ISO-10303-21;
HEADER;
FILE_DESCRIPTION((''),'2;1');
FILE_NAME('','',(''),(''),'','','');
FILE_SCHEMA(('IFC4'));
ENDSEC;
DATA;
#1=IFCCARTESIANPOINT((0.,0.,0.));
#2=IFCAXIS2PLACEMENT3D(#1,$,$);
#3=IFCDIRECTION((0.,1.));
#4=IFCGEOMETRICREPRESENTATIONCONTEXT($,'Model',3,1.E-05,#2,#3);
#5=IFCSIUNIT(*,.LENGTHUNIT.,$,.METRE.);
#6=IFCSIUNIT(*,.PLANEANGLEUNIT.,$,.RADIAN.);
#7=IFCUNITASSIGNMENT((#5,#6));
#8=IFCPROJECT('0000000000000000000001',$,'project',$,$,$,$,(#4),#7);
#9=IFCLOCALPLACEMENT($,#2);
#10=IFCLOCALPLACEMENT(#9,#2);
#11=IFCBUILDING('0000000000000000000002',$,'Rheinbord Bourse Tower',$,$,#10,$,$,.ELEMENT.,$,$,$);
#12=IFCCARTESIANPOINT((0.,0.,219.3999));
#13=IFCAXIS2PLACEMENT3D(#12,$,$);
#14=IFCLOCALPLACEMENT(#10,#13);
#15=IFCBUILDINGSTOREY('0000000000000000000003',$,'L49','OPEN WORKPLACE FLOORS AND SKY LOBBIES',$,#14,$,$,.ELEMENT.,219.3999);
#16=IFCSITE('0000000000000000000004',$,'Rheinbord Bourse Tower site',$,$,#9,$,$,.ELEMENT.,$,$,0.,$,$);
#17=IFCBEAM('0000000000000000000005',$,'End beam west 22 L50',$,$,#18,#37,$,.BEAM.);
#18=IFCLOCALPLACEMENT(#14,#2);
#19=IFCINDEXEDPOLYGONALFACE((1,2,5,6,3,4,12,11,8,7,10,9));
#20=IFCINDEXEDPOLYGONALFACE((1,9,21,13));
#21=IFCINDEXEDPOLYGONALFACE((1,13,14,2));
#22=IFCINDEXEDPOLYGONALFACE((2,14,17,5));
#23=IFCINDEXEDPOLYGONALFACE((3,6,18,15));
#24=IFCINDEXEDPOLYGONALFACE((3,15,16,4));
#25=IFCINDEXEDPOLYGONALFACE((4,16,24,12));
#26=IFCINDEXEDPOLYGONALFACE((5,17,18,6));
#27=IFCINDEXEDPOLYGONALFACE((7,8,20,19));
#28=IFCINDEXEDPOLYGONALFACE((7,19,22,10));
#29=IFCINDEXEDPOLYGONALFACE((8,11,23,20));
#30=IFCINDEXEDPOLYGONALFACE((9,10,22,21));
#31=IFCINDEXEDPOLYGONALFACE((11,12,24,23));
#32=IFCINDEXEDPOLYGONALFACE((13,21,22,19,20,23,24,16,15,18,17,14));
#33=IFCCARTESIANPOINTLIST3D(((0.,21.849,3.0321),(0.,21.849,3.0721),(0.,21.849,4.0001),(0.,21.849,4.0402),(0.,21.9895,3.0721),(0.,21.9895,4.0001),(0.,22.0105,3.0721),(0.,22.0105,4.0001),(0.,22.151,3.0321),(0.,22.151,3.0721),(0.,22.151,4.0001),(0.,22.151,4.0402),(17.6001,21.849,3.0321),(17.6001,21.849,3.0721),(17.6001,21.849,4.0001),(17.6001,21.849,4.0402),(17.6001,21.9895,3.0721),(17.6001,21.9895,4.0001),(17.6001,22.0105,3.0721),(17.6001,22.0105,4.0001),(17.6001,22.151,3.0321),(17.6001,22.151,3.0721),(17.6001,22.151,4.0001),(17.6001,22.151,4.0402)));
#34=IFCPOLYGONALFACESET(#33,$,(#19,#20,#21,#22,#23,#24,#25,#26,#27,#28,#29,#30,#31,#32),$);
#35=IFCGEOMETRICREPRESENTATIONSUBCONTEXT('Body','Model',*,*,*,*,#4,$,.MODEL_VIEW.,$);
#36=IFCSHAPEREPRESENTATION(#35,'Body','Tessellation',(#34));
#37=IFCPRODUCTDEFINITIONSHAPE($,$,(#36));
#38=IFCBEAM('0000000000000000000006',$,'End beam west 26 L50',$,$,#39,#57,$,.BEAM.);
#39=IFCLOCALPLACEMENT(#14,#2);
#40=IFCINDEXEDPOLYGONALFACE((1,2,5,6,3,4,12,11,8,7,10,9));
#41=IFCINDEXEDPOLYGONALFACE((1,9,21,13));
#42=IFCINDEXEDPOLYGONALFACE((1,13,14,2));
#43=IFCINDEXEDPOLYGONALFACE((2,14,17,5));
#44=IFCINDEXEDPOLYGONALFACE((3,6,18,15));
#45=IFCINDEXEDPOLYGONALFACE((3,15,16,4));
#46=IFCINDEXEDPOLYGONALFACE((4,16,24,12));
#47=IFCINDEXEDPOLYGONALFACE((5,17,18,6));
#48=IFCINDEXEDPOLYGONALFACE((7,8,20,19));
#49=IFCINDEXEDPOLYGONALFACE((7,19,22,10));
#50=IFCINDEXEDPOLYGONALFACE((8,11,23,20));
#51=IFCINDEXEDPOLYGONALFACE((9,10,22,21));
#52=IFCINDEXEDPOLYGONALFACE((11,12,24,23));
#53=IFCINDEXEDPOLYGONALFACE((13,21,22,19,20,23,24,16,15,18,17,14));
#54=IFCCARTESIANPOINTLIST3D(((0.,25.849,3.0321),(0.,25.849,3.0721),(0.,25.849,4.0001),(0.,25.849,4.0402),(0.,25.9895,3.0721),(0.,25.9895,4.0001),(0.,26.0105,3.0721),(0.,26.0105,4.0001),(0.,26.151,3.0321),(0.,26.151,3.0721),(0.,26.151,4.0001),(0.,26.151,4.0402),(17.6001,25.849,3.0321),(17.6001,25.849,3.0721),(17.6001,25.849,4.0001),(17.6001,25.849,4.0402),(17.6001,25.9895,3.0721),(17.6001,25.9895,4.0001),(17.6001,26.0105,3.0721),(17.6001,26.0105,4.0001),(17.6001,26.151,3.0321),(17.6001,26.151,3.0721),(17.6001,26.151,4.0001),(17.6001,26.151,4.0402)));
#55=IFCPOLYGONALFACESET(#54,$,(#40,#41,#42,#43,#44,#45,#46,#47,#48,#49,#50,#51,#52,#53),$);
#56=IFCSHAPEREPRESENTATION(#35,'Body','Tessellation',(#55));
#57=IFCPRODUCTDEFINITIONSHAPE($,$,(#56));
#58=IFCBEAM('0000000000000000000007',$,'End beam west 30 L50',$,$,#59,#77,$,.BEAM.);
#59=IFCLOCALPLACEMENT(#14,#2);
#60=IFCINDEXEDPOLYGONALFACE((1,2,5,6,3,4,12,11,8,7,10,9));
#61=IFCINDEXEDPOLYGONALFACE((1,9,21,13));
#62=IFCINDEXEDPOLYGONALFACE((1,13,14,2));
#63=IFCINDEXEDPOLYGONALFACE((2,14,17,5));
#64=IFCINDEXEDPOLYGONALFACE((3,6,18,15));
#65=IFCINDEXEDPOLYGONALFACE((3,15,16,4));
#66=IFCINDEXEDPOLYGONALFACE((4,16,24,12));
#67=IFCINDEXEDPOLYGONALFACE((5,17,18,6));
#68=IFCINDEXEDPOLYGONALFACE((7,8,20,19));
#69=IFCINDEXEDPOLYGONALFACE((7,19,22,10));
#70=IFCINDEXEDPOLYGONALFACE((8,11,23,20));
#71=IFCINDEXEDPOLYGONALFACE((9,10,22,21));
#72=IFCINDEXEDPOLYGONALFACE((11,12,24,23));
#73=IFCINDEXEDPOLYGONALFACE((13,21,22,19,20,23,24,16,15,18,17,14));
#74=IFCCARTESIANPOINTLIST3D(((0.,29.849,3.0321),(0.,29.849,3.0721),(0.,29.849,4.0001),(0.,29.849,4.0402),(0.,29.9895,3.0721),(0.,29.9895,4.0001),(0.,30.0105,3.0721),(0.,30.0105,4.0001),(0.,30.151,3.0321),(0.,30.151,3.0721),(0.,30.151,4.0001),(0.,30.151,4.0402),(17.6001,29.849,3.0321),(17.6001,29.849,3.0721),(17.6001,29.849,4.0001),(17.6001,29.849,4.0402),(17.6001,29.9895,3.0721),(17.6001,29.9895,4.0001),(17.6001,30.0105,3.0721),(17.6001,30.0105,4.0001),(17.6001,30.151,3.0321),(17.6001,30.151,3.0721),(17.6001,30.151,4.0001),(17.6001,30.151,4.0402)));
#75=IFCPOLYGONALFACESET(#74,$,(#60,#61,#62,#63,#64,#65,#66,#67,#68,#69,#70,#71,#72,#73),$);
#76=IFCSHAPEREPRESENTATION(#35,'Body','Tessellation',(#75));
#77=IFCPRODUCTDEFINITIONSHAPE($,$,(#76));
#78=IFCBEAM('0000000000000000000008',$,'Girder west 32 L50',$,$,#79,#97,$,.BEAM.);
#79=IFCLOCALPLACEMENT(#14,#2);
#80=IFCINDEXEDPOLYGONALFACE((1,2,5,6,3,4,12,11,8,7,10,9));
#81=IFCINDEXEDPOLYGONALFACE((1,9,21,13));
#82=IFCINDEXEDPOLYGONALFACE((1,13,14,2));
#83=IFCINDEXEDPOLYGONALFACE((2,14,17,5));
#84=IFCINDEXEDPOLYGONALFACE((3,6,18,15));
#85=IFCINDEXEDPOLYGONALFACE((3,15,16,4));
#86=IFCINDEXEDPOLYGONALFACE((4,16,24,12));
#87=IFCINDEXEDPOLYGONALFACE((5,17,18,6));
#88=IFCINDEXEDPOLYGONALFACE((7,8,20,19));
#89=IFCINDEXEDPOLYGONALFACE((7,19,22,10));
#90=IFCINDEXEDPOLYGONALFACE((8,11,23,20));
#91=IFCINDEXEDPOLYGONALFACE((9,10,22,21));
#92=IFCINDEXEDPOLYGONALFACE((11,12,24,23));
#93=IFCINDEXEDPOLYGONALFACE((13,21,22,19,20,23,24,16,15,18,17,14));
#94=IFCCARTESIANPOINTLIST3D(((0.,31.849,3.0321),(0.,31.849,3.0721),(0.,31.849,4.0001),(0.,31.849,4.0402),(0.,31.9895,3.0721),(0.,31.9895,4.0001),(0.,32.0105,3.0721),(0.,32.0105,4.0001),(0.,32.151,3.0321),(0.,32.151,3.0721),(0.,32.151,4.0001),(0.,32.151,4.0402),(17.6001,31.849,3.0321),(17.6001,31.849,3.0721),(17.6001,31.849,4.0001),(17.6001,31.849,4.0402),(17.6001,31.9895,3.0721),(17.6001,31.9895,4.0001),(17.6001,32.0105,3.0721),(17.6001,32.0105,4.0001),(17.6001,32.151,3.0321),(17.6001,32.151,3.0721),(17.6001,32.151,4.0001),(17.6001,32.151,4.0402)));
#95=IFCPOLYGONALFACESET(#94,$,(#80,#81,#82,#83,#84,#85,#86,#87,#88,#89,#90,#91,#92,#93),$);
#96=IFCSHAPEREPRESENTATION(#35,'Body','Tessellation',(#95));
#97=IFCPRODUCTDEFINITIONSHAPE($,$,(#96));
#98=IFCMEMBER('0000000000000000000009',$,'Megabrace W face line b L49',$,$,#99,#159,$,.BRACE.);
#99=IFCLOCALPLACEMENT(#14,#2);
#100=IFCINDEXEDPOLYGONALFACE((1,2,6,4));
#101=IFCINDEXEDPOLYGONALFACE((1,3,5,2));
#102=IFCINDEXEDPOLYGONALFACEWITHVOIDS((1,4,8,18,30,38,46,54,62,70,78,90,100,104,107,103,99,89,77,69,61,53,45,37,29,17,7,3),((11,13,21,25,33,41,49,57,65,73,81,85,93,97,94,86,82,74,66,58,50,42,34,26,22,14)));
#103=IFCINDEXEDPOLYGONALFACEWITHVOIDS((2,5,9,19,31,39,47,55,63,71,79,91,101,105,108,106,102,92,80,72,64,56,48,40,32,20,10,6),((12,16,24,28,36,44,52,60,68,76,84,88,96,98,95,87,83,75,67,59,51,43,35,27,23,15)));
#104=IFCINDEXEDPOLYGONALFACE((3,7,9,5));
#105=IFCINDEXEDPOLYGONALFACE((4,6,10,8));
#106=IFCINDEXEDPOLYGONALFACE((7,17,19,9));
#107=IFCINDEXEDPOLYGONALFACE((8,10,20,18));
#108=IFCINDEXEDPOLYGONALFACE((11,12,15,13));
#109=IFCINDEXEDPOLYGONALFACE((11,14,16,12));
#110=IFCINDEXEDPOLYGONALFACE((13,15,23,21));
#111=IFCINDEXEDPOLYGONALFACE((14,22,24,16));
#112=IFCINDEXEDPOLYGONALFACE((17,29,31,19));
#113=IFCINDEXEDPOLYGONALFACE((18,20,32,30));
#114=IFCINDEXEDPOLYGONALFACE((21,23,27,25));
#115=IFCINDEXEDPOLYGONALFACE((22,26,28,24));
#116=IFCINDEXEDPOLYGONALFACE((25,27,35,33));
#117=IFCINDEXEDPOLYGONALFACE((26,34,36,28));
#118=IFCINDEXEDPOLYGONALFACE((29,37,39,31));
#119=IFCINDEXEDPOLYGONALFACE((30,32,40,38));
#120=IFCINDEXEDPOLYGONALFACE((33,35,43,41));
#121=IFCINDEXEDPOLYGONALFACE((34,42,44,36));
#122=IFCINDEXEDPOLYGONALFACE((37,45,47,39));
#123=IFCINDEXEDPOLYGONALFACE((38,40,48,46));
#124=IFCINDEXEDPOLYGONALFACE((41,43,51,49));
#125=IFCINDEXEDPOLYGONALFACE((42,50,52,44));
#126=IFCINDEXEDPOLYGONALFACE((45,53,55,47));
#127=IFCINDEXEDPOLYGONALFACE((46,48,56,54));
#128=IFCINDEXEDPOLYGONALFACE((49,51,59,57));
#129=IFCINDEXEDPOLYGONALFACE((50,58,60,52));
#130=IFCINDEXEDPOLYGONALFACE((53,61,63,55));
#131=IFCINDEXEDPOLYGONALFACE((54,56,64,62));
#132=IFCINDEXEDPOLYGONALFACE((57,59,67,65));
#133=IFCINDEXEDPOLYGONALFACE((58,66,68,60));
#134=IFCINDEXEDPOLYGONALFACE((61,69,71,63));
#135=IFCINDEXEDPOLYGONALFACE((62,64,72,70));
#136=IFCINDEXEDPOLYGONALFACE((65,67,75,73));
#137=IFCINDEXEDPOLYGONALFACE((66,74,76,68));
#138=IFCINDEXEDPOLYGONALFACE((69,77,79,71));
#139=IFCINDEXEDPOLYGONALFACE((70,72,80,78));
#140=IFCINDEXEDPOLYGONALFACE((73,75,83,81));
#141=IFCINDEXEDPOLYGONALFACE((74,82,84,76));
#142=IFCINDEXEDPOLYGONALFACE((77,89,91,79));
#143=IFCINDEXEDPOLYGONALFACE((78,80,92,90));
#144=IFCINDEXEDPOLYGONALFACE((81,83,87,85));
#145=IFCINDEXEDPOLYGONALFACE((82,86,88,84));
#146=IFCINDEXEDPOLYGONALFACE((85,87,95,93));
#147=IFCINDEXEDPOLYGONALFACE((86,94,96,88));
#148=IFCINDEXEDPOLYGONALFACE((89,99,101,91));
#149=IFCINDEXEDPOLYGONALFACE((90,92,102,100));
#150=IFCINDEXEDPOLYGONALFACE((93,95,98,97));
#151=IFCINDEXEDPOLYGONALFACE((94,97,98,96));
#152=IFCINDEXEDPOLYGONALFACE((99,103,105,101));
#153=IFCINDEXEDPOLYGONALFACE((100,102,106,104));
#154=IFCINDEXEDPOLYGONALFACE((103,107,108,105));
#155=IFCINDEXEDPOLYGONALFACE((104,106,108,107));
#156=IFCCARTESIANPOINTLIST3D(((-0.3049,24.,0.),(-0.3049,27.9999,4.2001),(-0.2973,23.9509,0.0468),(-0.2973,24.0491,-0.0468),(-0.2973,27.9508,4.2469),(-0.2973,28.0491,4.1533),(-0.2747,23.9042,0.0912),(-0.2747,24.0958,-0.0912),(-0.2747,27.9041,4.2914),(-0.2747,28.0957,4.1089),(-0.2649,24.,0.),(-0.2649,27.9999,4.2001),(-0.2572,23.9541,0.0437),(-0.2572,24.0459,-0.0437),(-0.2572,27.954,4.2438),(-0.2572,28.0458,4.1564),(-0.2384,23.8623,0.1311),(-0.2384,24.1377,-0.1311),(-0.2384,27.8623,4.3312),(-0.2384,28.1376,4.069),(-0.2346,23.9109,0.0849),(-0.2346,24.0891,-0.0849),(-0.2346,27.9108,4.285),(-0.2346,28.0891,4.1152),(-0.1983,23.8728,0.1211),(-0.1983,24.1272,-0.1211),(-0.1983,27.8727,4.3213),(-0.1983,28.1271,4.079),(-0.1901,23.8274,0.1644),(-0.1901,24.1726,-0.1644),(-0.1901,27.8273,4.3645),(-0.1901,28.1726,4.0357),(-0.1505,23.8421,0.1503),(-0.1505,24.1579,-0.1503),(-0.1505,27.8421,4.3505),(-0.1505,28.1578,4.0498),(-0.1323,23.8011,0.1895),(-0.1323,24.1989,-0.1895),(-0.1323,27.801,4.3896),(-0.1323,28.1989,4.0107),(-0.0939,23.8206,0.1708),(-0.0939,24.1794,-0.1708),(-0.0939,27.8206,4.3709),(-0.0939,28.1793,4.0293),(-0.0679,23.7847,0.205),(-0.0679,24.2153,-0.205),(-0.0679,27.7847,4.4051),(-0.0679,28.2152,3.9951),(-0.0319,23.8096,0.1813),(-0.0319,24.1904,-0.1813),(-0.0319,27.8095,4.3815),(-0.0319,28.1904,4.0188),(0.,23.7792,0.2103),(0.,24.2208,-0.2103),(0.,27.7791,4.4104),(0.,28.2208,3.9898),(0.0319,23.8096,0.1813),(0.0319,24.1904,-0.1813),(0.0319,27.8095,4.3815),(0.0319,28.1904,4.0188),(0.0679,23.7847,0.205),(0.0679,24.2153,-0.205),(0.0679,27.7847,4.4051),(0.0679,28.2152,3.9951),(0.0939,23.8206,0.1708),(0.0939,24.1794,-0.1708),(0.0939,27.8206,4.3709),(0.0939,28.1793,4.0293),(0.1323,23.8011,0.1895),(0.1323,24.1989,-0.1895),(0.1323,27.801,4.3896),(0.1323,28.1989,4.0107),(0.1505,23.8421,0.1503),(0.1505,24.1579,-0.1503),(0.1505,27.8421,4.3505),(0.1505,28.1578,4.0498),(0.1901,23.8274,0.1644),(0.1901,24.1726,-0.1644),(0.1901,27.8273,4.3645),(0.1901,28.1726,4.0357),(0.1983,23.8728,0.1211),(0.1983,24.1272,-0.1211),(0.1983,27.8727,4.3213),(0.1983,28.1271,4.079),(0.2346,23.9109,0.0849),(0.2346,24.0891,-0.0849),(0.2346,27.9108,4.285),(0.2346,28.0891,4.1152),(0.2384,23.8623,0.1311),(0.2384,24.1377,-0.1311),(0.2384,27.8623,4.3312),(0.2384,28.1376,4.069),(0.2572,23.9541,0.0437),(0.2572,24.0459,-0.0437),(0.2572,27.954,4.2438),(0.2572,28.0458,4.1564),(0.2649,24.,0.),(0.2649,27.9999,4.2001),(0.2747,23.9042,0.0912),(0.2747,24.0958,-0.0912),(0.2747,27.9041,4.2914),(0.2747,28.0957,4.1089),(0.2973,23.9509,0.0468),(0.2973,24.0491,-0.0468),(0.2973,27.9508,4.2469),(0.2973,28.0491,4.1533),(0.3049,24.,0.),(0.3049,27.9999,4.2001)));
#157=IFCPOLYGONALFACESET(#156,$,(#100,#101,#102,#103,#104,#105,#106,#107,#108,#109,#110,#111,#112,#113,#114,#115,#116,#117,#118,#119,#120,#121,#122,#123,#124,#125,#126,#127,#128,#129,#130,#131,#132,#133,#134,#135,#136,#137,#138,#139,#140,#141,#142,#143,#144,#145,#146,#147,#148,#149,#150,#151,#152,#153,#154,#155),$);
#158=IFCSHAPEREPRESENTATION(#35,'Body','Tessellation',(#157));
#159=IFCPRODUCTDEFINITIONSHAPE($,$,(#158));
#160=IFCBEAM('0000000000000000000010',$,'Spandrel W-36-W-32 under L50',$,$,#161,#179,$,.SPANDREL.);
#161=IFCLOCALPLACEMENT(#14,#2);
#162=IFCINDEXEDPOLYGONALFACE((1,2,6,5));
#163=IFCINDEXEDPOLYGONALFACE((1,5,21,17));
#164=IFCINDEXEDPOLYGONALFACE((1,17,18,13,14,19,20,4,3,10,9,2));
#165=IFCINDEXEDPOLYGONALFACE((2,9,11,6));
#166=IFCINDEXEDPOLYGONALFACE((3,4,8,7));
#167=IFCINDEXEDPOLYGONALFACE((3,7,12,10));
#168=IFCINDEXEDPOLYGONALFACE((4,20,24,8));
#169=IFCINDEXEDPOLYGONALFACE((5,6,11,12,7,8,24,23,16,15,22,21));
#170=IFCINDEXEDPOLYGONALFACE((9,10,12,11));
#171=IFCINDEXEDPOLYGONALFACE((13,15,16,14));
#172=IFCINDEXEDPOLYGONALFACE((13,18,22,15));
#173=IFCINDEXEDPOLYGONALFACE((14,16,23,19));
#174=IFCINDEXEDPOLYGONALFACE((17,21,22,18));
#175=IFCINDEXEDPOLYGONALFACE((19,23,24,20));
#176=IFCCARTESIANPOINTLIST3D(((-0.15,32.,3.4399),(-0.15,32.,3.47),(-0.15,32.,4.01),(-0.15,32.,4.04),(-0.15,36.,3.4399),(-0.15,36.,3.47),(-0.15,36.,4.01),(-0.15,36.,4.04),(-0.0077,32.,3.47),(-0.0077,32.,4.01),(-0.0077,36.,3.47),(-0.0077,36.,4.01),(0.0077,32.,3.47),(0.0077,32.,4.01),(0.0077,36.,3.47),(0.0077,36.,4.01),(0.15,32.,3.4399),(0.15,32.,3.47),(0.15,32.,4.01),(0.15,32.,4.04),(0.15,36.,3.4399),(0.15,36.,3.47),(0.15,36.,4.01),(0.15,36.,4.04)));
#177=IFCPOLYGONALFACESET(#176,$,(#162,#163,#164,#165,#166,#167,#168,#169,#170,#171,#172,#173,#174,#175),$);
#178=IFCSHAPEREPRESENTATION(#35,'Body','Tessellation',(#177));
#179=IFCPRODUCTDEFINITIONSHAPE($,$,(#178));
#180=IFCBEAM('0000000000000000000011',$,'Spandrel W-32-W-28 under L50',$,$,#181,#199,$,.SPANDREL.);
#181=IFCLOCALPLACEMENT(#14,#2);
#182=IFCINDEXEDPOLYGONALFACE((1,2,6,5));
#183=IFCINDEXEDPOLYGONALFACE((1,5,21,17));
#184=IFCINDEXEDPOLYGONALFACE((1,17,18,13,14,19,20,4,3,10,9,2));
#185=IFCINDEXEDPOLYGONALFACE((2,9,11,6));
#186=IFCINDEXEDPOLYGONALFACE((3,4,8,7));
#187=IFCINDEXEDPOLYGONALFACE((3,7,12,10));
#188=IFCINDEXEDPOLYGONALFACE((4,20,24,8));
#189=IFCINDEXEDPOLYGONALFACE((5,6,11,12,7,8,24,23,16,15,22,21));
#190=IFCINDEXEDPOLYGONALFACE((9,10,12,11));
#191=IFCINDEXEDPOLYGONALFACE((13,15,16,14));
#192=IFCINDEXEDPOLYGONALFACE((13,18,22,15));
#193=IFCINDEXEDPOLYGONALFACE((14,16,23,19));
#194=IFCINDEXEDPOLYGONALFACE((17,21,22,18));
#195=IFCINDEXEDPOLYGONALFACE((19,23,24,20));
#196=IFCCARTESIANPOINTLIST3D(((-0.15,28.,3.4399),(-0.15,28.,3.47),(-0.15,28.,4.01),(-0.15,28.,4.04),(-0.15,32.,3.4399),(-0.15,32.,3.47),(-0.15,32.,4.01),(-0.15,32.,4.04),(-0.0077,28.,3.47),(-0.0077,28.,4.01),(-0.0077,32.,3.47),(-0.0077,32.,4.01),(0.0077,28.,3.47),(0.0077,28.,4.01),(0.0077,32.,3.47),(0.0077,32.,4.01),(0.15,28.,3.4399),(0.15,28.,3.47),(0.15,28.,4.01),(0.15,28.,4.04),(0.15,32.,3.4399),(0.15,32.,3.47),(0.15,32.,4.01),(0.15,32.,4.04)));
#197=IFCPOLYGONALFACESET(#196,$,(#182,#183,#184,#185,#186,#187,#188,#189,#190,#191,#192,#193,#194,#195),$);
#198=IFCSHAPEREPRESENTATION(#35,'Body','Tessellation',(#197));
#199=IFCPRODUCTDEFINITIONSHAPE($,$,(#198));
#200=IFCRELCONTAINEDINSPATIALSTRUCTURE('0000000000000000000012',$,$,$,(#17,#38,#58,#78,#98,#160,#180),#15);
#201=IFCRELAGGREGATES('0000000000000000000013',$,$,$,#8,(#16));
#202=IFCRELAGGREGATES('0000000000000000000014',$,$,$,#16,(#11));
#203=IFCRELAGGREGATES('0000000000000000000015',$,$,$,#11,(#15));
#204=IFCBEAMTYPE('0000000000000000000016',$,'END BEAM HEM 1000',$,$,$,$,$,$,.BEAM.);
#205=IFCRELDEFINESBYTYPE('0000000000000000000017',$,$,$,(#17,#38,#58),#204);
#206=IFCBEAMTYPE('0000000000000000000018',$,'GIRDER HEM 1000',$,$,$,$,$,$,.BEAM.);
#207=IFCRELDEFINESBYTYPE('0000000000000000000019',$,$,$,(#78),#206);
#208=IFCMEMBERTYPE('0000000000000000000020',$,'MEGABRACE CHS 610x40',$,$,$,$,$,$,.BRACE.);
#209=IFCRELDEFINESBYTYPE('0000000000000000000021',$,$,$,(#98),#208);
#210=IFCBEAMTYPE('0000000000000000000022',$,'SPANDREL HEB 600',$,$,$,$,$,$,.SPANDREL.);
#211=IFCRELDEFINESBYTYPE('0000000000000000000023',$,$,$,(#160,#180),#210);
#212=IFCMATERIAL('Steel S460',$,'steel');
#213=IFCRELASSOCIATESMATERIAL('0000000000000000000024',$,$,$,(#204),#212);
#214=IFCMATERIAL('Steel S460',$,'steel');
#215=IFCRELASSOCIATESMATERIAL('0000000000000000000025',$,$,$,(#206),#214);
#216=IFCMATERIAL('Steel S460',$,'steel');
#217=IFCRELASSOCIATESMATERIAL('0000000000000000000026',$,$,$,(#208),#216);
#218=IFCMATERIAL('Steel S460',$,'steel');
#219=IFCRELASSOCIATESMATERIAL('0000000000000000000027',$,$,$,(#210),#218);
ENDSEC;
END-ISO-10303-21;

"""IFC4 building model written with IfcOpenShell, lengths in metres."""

from ifc_helpers import new_model, si_unit, direction, frame, origin, origin_2d, place, context, subcontext, project, spatial, hollow_circle, i_section, extrude, material, material_profile, profile_set, type_object, element, save


model = new_model("IFC4")

# Units and contexts
model_context = context("Model", 3, precision=1e-05, world=origin(), true_north=direction((0.0, 1.0)))
body_context = subcontext(model_context, "Body", "Model", "MODEL_VIEW")
ifc_project = project(units=[si_unit("LENGTHUNIT", "METRE"), si_unit("PLANEANGLEUNIT", "RADIAN")], contexts=[model_context])

# Site, building, storey
site_placement = place(None, origin())
site = spatial("IfcSite", under=ifc_project, at=site_placement, Name="Rheinbord Bourse Tower site", CompositionType="ELEMENT", RefElevation=0.0)
building_placement = place(site_placement, origin())
building = spatial("IfcBuilding", under=site, at=building_placement, Name="Rheinbord Bourse Tower", CompositionType="ELEMENT")
storey_placement = place(building_placement, frame((0.0, 0.0, 219.3999)))
storey = spatial("IfcBuildingStorey", under=building, at=storey_placement, Name="L49", Description="OPEN WORKPLACE FLOORS AND SKY LOBBIES", CompositionType="ELEMENT", Elevation=219.3999)

# Beams
ifc_material_1 = material(Name="Steel S460", Category="steel")
ifc_material_profile_1 = material_profile(ifc_material_1, i_section(OverallWidth=0.302, OverallDepth=1.0081, WebThickness=0.021, FlangeThickness=0.04, at=origin_2d()), Name="HEM 1000")
ifc_profile_set_1 = profile_set([ifc_material_profile_1], Name="Steel S460")
beam_type_1 = type_object("IfcBeamType", Name="END BEAM HEM 1000", PredefinedType="BEAM", material=ifc_profile_set_1)
for number, where, z_axis, x_axis, name in (
    (1, (0.0, 22.0, 3.5361), (1.0, 0.0, 0.0), (0.0, 1.0, 0.0), "End beam west 22 L50"),
    (2, (0.0, 26.0, 3.5361), (1.0, 0.0, 0.0), (0.0, 1.0, 0.0), "End beam west 26 L50"),
    (3, (0.0, 30.0, 3.5361), (1.0, 0.0, 0.0), (0.0, 1.0, 0.0), "End beam west 30 L50"),
):
    element("IfcBeam", number, at=place(storey_placement, frame(where, z_axis=z_axis, x_axis=x_axis)), inside=storey, type_object=beam_type_1, Name=name, PredefinedType="BEAM", context=body_context, shape_type="SweptSolid", body=[
        extrude(i_section(OverallWidth=0.302, OverallDepth=1.0081, WebThickness=0.021, FlangeThickness=0.04, at=origin_2d()), origin(), (0.0, 0.0, 1.0), 17.6001),
    ])
ifc_material_2 = material(Name="Steel S460", Category="steel")
ifc_material_profile_2 = material_profile(ifc_material_2, i_section(OverallWidth=0.302, OverallDepth=1.0081, WebThickness=0.021, FlangeThickness=0.04, at=origin_2d()), Name="HEM 1000")
ifc_profile_set_2 = profile_set([ifc_material_profile_2], Name="Steel S460")
beam_type_2 = type_object("IfcBeamType", Name="GIRDER HEM 1000", PredefinedType="BEAM", material=ifc_profile_set_2)
beam_placement = place(storey_placement, frame((0.0, 32.0, 3.5361), z_axis=(1.0, 0.0, 0.0), x_axis=(0.0, 1.0, 0.0)))
element("IfcBeam", 4, at=beam_placement, inside=storey, type_object=beam_type_2, Name="Girder west 32 L50", PredefinedType="BEAM", context=body_context, shape_type="SweptSolid", body=[
    extrude(i_section(OverallWidth=0.302, OverallDepth=1.0081, WebThickness=0.021, FlangeThickness=0.04, at=origin_2d()), origin(), (0.0, 0.0, 1.0), 17.6001),
])

# Member
ifc_material_3 = material(Name="Steel S460", Category="steel")
ifc_material_profile_3 = material_profile(ifc_material_3, hollow_circle(Radius=0.3049, WallThickness=0.04, at=origin_2d()), Name="CHS 610x40")
ifc_profile_set_3 = profile_set([ifc_material_profile_3], Name="Steel S460")
member_type_1 = type_object("IfcMemberType", Name="MEGABRACE CHS 610x40", PredefinedType="BRACE", material=ifc_profile_set_3)
member_1_placement = place(storey_placement, frame((0.0, 24.0, 0.0), z_axis=(0.0, 0.689638, 0.724154), x_axis=(-1.0, 0.0, 0.0)))
element("IfcMember", 5, at=member_1_placement, inside=storey, type_object=member_type_1, Name="Megabrace W face line b L49", PredefinedType="BRACE", context=body_context, shape_type="SweptSolid", body=[
    extrude(hollow_circle(Radius=0.3049, WallThickness=0.04, at=origin_2d()), origin(), (0.0, 0.0, 1.0), 5.8),
])

# Beams
ifc_material_4 = material(Name="Steel S460", Category="steel")
ifc_material_profile_4 = material_profile(ifc_material_4, i_section(OverallWidth=0.3, OverallDepth=0.6001, WebThickness=0.0154, FlangeThickness=0.03, at=origin_2d()), Name="HEB 600")
ifc_profile_set_4 = profile_set([ifc_material_profile_4], Name="Steel S460")
beam_type_3 = type_object("IfcBeamType", Name="SPANDREL HEB 600", PredefinedType="SPANDREL", material=ifc_profile_set_4)
for number, where, z_axis, x_axis, name in (
    (6, (0.0, 36.0, 3.74), (0.0, -1.0, 0.0), (1.0, 0.0, 0.0), "Spandrel W-36-W-32 under L50"),
    (7, (0.0, 32.0, 3.74), (0.0, -1.0, 0.0), (1.0, 0.0, 0.0), "Spandrel W-32-W-28 under L50"),
):
    element("IfcBeam", number, at=place(storey_placement, frame(where, z_axis=z_axis, x_axis=x_axis)), inside=storey, type_object=beam_type_3, Name=name, PredefinedType="SPANDREL", context=body_context, shape_type="SweptSolid", body=[
        extrude(i_section(OverallWidth=0.3, OverallDepth=0.6001, WebThickness=0.0154, FlangeThickness=0.03, at=origin_2d()), origin(), (0.0, 0.0, 1.0), 4.0),
    ])

save(model, "model.ifc")
